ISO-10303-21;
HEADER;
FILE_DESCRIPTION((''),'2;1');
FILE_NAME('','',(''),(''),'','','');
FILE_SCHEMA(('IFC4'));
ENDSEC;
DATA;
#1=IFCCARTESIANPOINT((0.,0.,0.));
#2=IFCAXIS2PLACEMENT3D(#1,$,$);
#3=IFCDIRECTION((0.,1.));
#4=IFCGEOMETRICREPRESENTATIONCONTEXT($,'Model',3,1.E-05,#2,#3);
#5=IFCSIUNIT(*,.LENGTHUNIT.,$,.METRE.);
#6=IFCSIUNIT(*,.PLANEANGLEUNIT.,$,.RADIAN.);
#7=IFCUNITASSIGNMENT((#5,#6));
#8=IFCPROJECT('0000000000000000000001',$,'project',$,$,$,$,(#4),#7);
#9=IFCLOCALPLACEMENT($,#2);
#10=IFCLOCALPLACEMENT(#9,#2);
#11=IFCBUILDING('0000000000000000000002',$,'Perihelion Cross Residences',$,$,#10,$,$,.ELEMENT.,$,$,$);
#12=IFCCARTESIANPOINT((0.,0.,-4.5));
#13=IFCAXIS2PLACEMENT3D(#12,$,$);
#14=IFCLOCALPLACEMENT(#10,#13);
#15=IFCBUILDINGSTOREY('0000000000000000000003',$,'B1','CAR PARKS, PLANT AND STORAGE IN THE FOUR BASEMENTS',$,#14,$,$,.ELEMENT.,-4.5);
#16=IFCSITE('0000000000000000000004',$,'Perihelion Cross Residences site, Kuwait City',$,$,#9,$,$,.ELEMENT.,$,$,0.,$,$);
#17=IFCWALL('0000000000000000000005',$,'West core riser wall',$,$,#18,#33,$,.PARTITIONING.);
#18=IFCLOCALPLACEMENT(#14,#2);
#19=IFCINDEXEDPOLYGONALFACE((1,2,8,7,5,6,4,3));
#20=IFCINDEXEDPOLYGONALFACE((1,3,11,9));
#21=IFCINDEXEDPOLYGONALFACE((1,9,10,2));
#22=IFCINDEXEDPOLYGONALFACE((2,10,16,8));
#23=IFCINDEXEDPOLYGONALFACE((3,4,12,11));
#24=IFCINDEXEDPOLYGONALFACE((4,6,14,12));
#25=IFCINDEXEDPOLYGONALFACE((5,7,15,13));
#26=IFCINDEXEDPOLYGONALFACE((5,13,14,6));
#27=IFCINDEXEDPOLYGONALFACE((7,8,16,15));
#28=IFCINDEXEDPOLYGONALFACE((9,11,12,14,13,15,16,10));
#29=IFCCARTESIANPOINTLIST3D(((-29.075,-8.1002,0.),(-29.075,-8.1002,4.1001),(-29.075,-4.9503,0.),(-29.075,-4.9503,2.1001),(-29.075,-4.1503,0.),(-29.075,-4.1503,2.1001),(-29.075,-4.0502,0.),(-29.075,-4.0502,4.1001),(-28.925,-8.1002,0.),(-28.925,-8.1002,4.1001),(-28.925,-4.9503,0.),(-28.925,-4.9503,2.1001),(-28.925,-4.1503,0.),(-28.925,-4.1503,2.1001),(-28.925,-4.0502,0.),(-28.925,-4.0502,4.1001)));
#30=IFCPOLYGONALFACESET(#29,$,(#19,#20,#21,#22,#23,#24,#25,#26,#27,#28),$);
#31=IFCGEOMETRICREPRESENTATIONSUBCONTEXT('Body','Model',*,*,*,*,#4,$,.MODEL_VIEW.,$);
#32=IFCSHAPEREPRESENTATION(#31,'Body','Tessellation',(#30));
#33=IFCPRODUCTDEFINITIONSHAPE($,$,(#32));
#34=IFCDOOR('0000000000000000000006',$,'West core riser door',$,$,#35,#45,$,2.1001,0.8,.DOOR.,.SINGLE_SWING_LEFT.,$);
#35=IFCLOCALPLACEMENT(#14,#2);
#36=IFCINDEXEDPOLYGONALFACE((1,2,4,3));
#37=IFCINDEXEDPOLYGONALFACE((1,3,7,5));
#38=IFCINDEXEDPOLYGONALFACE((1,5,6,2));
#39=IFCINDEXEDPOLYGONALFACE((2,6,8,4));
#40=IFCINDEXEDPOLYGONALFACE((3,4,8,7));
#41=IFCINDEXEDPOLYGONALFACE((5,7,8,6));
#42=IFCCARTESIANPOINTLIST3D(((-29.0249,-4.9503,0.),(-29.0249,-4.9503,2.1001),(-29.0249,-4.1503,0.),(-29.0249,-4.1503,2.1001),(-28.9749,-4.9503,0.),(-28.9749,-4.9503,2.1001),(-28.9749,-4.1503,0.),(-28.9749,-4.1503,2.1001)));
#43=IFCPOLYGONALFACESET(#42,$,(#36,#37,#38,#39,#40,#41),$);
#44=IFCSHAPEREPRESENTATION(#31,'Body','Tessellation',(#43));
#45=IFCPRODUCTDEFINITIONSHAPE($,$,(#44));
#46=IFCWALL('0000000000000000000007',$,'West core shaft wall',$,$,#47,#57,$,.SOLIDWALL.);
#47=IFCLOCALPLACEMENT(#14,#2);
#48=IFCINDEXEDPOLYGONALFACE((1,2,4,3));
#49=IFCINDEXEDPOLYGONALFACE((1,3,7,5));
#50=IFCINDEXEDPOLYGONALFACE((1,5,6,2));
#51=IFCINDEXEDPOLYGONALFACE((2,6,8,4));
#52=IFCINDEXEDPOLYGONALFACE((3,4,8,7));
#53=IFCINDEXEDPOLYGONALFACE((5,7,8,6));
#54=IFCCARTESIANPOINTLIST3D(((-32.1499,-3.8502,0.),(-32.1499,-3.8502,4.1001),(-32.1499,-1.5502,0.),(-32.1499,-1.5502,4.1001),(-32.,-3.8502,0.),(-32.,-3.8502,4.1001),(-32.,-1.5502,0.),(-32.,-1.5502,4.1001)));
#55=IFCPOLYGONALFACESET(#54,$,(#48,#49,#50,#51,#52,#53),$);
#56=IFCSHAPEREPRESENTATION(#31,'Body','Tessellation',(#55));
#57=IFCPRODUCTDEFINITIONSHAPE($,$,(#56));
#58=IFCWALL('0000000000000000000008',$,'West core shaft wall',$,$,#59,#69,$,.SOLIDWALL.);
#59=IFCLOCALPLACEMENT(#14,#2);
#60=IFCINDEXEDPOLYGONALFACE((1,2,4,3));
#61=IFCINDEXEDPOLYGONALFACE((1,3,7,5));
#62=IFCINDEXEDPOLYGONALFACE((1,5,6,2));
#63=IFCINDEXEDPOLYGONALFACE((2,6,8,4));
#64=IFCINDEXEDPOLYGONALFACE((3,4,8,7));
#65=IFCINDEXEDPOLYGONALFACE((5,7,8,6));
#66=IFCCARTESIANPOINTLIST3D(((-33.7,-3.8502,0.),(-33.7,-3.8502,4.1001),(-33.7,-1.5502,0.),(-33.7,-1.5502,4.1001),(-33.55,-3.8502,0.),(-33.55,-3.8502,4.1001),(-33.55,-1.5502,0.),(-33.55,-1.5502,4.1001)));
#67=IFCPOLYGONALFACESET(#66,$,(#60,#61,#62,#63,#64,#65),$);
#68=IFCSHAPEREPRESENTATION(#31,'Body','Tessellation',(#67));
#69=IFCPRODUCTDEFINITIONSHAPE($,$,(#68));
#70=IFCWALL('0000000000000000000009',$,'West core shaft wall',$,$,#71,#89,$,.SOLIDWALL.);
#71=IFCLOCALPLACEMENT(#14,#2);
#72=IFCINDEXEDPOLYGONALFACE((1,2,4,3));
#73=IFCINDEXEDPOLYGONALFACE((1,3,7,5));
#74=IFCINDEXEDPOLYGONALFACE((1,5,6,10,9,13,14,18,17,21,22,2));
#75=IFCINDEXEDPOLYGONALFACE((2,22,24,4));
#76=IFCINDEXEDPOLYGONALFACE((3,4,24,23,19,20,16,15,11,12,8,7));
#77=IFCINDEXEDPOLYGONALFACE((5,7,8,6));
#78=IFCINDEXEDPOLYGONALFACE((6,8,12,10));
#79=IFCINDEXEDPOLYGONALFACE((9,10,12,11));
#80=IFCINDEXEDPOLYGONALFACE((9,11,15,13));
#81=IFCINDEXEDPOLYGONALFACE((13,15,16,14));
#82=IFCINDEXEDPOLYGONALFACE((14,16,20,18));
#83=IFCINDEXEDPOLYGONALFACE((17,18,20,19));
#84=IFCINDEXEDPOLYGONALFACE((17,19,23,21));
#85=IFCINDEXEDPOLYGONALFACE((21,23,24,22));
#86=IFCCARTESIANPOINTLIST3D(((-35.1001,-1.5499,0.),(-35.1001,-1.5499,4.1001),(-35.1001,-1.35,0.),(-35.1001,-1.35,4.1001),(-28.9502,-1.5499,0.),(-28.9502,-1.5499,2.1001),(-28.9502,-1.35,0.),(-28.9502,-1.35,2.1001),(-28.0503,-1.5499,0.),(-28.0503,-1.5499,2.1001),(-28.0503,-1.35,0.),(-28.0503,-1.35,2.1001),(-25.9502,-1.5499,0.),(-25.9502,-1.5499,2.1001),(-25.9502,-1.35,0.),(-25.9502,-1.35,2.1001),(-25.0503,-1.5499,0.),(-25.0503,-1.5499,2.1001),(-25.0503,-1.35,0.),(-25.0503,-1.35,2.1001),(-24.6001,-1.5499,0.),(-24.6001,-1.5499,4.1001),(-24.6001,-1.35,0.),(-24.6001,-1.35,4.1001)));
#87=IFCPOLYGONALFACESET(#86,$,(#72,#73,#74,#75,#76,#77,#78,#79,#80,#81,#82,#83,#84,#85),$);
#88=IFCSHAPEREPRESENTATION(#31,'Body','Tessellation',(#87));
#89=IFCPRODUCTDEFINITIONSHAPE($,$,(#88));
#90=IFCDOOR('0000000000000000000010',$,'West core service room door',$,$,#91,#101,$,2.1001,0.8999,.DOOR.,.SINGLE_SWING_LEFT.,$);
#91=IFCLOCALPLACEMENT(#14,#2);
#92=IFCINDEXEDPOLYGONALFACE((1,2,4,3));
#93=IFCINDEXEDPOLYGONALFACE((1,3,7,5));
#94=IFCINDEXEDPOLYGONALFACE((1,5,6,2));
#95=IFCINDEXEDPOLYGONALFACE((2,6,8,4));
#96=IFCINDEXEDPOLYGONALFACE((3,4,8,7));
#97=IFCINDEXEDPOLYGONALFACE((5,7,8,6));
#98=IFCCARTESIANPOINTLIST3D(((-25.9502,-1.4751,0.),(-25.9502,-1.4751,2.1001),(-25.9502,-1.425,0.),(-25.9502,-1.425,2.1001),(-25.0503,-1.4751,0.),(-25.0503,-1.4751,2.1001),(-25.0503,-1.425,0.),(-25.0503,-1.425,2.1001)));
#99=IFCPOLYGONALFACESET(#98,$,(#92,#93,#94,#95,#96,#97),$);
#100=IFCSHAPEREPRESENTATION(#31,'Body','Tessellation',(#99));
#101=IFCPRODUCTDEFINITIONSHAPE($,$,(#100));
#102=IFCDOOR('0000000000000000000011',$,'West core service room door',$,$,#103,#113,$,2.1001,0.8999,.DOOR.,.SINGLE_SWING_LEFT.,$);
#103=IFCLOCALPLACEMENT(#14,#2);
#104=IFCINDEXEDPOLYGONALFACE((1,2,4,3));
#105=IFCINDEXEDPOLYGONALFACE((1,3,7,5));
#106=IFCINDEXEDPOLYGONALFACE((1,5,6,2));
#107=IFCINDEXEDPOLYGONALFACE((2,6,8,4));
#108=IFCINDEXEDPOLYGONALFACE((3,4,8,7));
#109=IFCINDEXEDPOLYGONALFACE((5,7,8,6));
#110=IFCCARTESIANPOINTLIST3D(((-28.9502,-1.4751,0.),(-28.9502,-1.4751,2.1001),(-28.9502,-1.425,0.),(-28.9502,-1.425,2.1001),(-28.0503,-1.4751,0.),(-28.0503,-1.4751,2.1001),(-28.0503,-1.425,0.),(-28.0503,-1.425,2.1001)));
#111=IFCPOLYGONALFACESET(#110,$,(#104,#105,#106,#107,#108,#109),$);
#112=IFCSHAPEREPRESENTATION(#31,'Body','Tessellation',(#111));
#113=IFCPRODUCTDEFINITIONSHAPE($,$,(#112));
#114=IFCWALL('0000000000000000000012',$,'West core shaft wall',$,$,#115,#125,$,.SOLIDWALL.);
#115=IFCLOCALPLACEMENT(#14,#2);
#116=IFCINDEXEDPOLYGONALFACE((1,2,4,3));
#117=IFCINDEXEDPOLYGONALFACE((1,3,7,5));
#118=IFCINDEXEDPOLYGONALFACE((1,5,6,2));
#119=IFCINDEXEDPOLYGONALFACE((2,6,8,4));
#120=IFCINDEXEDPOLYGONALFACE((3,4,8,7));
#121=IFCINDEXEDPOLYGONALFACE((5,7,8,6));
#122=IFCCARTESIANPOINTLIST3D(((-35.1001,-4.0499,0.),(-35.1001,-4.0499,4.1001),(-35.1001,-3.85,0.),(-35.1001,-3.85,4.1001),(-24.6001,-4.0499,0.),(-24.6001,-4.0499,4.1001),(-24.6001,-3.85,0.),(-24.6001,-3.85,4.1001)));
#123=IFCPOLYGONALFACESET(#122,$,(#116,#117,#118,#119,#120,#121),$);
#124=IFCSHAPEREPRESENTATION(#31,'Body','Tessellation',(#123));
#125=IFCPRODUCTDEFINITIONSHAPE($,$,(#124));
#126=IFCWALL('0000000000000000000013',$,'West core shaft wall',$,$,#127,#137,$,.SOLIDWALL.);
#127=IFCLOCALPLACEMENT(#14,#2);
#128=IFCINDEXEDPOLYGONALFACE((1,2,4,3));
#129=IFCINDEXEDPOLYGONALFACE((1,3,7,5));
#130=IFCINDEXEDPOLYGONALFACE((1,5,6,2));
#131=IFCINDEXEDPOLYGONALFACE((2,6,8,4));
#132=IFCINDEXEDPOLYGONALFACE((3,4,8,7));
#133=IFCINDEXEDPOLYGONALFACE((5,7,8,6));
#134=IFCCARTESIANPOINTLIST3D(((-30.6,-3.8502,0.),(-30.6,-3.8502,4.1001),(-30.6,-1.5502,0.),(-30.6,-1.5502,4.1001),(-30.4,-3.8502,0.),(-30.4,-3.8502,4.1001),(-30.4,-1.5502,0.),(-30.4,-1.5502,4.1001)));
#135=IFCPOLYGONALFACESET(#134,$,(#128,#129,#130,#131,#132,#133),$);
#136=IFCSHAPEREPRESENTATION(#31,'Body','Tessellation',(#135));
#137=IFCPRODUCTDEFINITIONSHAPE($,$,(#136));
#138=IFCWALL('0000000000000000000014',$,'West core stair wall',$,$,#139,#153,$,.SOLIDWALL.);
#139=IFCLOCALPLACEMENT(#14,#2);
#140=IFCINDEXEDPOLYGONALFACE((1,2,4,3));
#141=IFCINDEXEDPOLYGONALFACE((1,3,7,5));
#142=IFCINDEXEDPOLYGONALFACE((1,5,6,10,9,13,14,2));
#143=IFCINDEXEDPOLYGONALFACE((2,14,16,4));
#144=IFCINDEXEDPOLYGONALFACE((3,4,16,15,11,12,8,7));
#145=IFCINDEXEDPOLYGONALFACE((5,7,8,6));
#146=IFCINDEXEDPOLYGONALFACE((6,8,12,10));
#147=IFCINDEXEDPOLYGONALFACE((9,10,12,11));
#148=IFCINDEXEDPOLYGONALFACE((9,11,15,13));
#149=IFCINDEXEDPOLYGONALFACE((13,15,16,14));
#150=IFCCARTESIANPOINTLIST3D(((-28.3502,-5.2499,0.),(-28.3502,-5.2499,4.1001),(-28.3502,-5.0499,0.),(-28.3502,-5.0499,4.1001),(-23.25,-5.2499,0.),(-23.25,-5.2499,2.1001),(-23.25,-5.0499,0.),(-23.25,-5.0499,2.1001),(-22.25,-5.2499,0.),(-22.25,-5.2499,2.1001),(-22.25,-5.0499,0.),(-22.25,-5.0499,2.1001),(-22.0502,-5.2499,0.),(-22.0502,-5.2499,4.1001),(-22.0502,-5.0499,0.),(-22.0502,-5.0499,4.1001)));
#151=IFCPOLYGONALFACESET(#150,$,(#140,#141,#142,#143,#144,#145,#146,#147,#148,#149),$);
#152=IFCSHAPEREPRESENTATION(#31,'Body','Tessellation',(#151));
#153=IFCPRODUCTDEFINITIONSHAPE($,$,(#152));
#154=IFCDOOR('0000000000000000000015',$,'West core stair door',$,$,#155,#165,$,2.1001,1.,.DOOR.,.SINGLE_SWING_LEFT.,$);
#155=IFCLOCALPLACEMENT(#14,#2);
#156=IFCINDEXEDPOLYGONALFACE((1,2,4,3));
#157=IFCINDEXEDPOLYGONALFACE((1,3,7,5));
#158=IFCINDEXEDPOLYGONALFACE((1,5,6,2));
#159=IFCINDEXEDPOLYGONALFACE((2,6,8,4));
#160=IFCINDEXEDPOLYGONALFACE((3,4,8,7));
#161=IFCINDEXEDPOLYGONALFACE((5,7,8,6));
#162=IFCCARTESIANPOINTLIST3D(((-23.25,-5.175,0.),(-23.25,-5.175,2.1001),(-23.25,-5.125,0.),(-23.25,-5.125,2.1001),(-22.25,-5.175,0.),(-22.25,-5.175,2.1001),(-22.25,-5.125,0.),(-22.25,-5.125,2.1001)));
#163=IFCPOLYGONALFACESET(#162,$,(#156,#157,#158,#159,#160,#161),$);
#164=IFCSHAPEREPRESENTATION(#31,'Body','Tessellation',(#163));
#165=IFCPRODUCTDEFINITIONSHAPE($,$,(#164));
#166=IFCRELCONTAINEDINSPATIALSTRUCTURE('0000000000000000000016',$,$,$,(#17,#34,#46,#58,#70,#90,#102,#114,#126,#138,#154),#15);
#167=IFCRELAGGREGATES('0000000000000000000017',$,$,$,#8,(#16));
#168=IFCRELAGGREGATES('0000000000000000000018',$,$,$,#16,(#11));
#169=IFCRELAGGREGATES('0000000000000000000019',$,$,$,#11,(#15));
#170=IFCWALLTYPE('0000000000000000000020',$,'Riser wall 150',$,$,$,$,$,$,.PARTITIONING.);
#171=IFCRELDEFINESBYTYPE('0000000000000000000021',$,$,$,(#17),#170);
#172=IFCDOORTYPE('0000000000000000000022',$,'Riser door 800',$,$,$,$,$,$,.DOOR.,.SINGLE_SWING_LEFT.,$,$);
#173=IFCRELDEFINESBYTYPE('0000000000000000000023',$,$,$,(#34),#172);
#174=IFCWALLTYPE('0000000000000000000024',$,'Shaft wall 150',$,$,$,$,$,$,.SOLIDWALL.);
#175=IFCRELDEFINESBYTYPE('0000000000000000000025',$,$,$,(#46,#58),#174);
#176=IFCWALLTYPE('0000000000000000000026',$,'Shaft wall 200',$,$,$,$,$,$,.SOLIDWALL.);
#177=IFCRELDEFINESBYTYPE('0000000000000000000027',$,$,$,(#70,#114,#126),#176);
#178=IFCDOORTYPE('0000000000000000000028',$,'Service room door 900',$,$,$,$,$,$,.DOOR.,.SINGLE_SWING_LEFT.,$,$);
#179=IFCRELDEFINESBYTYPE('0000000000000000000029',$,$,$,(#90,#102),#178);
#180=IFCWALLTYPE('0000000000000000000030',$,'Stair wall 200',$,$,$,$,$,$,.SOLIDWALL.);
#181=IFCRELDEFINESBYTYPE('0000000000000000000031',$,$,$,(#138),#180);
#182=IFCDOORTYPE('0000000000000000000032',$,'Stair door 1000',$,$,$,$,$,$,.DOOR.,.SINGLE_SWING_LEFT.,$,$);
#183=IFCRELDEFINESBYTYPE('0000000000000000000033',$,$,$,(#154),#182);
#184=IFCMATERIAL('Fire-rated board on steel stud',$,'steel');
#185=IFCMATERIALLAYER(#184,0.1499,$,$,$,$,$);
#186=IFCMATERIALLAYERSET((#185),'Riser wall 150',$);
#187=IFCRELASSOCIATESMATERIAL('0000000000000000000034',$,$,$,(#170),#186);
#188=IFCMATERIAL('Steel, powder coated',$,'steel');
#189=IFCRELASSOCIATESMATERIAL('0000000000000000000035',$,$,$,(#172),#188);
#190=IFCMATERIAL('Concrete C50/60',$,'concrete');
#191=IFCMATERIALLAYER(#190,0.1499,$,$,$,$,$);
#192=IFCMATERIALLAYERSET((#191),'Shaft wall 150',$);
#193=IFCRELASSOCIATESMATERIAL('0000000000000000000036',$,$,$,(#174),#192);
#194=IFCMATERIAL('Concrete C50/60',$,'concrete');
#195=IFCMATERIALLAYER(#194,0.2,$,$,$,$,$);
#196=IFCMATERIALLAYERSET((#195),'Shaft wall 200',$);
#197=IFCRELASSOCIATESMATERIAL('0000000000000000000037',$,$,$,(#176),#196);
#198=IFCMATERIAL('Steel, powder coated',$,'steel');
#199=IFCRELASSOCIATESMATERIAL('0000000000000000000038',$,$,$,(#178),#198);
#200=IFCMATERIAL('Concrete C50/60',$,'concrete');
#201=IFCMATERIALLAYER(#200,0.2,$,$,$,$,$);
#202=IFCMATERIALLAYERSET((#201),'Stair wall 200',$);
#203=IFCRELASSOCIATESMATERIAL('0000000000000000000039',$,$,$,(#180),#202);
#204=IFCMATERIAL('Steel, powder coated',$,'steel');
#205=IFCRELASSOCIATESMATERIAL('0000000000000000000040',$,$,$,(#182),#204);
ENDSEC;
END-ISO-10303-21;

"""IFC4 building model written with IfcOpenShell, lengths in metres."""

from ifc_helpers import new_model, si_unit, direction, frame, frame_2d, origin, place, context, subcontext, project, spatial, rectangle, extrude, material, layer, layer_set, type_object, element, fill, save


model = new_model("IFC4")

# Units and contexts
model_context = context("Model", 3, precision=1e-05, world=origin(), true_north=direction((0.0, 1.0)))
body_context = subcontext(model_context, "Body", "Model", "MODEL_VIEW")
ifc_project = project(units=[si_unit("LENGTHUNIT", "METRE"), si_unit("PLANEANGLEUNIT", "RADIAN")], contexts=[model_context])

# Site, building, storey
site_placement = place(None, origin())
site = spatial("IfcSite", under=ifc_project, at=site_placement, Name="Perihelion Cross Residences site, Kuwait City", CompositionType="ELEMENT", RefElevation=0.0)
building_placement = place(site_placement, origin())
building = spatial("IfcBuilding", under=site, at=building_placement, Name="Perihelion Cross Residences", CompositionType="ELEMENT")
storey_placement = place(building_placement, frame((0.0, 0.0, -4.5)))
storey = spatial("IfcBuildingStorey", under=building, at=storey_placement, Name="B1", Description="CAR PARKS, PLANT AND STORAGE IN THE FOUR BASEMENTS", CompositionType="ELEMENT", Elevation=-4.5)

# Wall, opening, door
ifc_material_1 = material(Name="Fire-rated board on steel stud", Category="steel")
ifc_layer_1 = layer(ifc_material_1, 0.1499)
ifc_layer_set_1 = layer_set([ifc_layer_1], Name="Riser wall 150")
wall_type_1 = type_object("IfcWallType", Name="Riser wall 150", PredefinedType="PARTITIONING", material=ifc_layer_set_1)
wall_1_placement = place(storey_placement, frame((-29.0, -8.1001, 0.0), z_axis=(0.0, 0.0, 1.0), x_axis=(0.0, 1.0, 0.0)))
wall_1 = element("IfcWall", 1, at=wall_1_placement, inside=storey, type_object=wall_type_1, Name="West core riser wall", PredefinedType="PARTITIONING", context=body_context, shape_type="SweptSolid", body=[
    extrude(rectangle(XDim=4.05, YDim=0.1499, at=frame_2d((2.0249, 0.0))), origin(), (0.0, 0.0, 1.0), 4.1001),
])
opening_1_placement = place(wall_1_placement, frame((3.1499, 0.0, 0.0)))
opening_1 = element("IfcOpeningElement", 2, at=opening_1_placement, cuts=wall_1, PredefinedType="OPENING", context=body_context, shape_type="SweptSolid", body=[
    extrude(rectangle(XDim=0.8, YDim=2.1001, at=frame_2d((0.3999, 1.05))), frame((0.0, 0.085, 0.0), z_axis=(0.0, -1.0, 0.0), x_axis=(1.0, 0.0, 0.0)), (0.0, 0.0, 1.0), 0.1699),
])
ifc_material_2 = material(Name="Steel, powder coated", Category="steel")
door_type_1 = type_object("IfcDoorType", Name="Riser door 800", OperationType="SINGLE_SWING_LEFT", PredefinedType="DOOR", material=ifc_material_2)
door_1_placement = place(opening_1_placement, origin())
door_1 = element("IfcDoor", 3, at=door_1_placement, inside=storey, type_object=door_type_1, Name="West core riser door", OperationType="SINGLE_SWING_LEFT", OverallHeight=2.1001, OverallWidth=0.8, PredefinedType="DOOR", context=body_context, shape_type="SweptSolid", body=[
    extrude(rectangle(XDim=0.8, YDim=2.1001, at=frame_2d((0.3999, 1.05))), frame((0.0, 0.0249, 0.0), z_axis=(0.0, -1.0, 0.0), x_axis=(1.0, 0.0, 0.0)), (0.0, 0.0, 1.0), 0.05),
])
fill(opening_1, door_1)

# Walls
ifc_material_3 = material(Name="Concrete C50/60", Category="concrete")
ifc_layer_2 = layer(ifc_material_3, 0.1499)
ifc_layer_set_2 = layer_set([ifc_layer_2], Name="Shaft wall 150")
wall_type_2 = type_object("IfcWallType", Name="Shaft wall 150", PredefinedType="SOLIDWALL", material=ifc_layer_set_2)
for number, where, z_axis, x_axis, name in (
    (4, (-32.075, -3.8501, 0.0), (0.0, 0.0, 1.0), (0.0, 1.0, 0.0), "West core shaft wall"),
    (5, (-33.625, -3.8501, 0.0), (0.0, 0.0, 1.0), (0.0, 1.0, 0.0), "West core shaft wall"),
):
    element("IfcWall", number, at=place(storey_placement, frame(where, z_axis=z_axis, x_axis=x_axis)), inside=storey, type_object=wall_type_2, Name=name, PredefinedType="SOLIDWALL", context=body_context, shape_type="SweptSolid", body=[
        extrude(rectangle(XDim=2.3, YDim=0.1499, at=frame_2d((1.1499, 0.0))), origin(), (0.0, 0.0, 1.0), 4.1001),
    ])

# Wall, openings, doors
ifc_material_4 = material(Name="Concrete C50/60", Category="concrete")
ifc_layer_3 = layer(ifc_material_4, 0.2)
ifc_layer_set_3 = layer_set([ifc_layer_3], Name="Shaft wall 200")
wall_type_3 = type_object("IfcWallType", Name="Shaft wall 200", PredefinedType="SOLIDWALL", material=ifc_layer_set_3)
wall_2_placement = place(storey_placement, frame((-35.1001, -1.45, 0.0), z_axis=(0.0, 0.0, 1.0), x_axis=(1.0, 0.0, 0.0)))
wall_2 = element("IfcWall", 6, at=wall_2_placement, inside=storey, type_object=wall_type_3, Name="West core shaft wall", PredefinedType="SOLIDWALL", context=body_context, shape_type="SweptSolid", body=[
    extrude(rectangle(XDim=10.5, YDim=0.2, at=frame_2d((5.25, 0.0))), origin(), (0.0, 0.0, 1.0), 4.1001),
])
opening_2_placement = place(wall_2_placement, frame((9.1499, 0.0, 0.0)))
opening_2 = element("IfcOpeningElement", 7, at=opening_2_placement, cuts=wall_2, PredefinedType="OPENING", context=body_context, shape_type="SweptSolid", body=[
    extrude(rectangle(XDim=0.8999, YDim=2.1001, at=frame_2d((0.45, 1.05))), frame((0.0, 0.1099, 0.0), z_axis=(0.0, -1.0, 0.0), x_axis=(1.0, 0.0, 0.0)), (0.0, 0.0, 1.0), 0.22),
])
opening_3_placement = place(wall_2_placement, frame((6.1499, 0.0, 0.0)))
opening_3 = element("IfcOpeningElement", 8, at=opening_3_placement, cuts=wall_2, PredefinedType="OPENING", context=body_context, shape_type="SweptSolid", body=[
    extrude(rectangle(XDim=0.8999, YDim=2.1001, at=frame_2d((0.45, 1.05))), frame((0.0, 0.1099, 0.0), z_axis=(0.0, -1.0, 0.0), x_axis=(1.0, 0.0, 0.0)), (0.0, 0.0, 1.0), 0.22),
])
ifc_material_5 = material(Name="Steel, powder coated", Category="steel")
door_type_2 = type_object("IfcDoorType", Name="Service room door 900", OperationType="SINGLE_SWING_LEFT", PredefinedType="DOOR", material=ifc_material_5)
door_2_placement = place(opening_2_placement, origin())
door_2 = element("IfcDoor", 9, at=door_2_placement, inside=storey, type_object=door_type_2, Name="West core service room door", OperationType="SINGLE_SWING_LEFT", OverallHeight=2.1001, OverallWidth=0.8999, PredefinedType="DOOR", context=body_context, shape_type="SweptSolid", body=[
    extrude(rectangle(XDim=0.8999, YDim=2.1001, at=frame_2d((0.45, 1.05))), frame((0.0, 0.0249, 0.0), z_axis=(0.0, -1.0, 0.0), x_axis=(1.0, 0.0, 0.0)), (0.0, 0.0, 1.0), 0.05),
])
fill(opening_2, door_2)
door_3_placement = place(opening_3_placement, origin())
door_3 = element("IfcDoor", 10, at=door_3_placement, inside=storey, type_object=door_type_2, Name="West core service room door", OperationType="SINGLE_SWING_LEFT", OverallHeight=2.1001, OverallWidth=0.8999, PredefinedType="DOOR", context=body_context, shape_type="SweptSolid", body=[
    extrude(rectangle(XDim=0.8999, YDim=2.1001, at=frame_2d((0.45, 1.05))), frame((0.0, 0.0249, 0.0), z_axis=(0.0, -1.0, 0.0), x_axis=(1.0, 0.0, 0.0)), (0.0, 0.0, 1.0), 0.05),
])
fill(opening_3, door_3)

# Walls
wall_3_placement = place(storey_placement, frame((-35.1001, -3.95, 0.0), z_axis=(0.0, 0.0, 1.0), x_axis=(1.0, 0.0, 0.0)))
element("IfcWall", 11, at=wall_3_placement, inside=storey, type_object=wall_type_3, Name="West core shaft wall", PredefinedType="SOLIDWALL", context=body_context, shape_type="SweptSolid", body=[
    extrude(rectangle(XDim=10.5, YDim=0.2, at=frame_2d((5.25, 0.0))), origin(), (0.0, 0.0, 1.0), 4.1001),
])
wall_4_placement = place(storey_placement, frame((-30.5, -3.8501, 0.0), z_axis=(0.0, 0.0, 1.0), x_axis=(0.0, 1.0, 0.0)))
element("IfcWall", 12, at=wall_4_placement, inside=storey, type_object=wall_type_3, Name="West core shaft wall", PredefinedType="SOLIDWALL", context=body_context, shape_type="SweptSolid", body=[
    extrude(rectangle(XDim=2.3, YDim=0.2, at=frame_2d((1.1499, 0.0))), origin(), (0.0, 0.0, 1.0), 4.1001),
])

# Wall, opening, door
ifc_material_6 = material(Name="Concrete C50/60", Category="concrete")
ifc_layer_4 = layer(ifc_material_6, 0.2)
ifc_layer_set_4 = layer_set([ifc_layer_4], Name="Stair wall 200")
wall_type_4 = type_object("IfcWallType", Name="Stair wall 200", PredefinedType="SOLIDWALL", material=ifc_layer_set_4)
wall_5_placement = place(storey_placement, frame((-28.3501, -5.1499, 0.0), z_axis=(0.0, 0.0, 1.0), x_axis=(1.0, 0.0, 0.0)))
wall_5 = element("IfcWall", 13, at=wall_5_placement, inside=storey, type_object=wall_type_4, Name="West core stair wall", PredefinedType="SOLIDWALL", context=body_context, shape_type="SweptSolid", body=[
    extrude(rectangle(XDim=6.3, YDim=0.2, at=frame_2d((3.1499, 0.0))), origin(), (0.0, 0.0, 1.0), 4.1001),
])
opening_4_placement = place(wall_5_placement, frame((5.1001, 0.0, 0.0)))
opening_4 = element("IfcOpeningElement", 14, at=opening_4_placement, cuts=wall_5, PredefinedType="OPENING", context=body_context, shape_type="SweptSolid", body=[
    extrude(rectangle(XDim=1.0, YDim=2.1001, at=frame_2d((0.5, 1.05))), frame((0.0, 0.1099, 0.0), z_axis=(0.0, -1.0, 0.0), x_axis=(1.0, 0.0, 0.0)), (0.0, 0.0, 1.0), 0.22),
])
ifc_material_7 = material(Name="Steel, powder coated", Category="steel")
door_type_3 = type_object("IfcDoorType", Name="Stair door 1000", OperationType="SINGLE_SWING_LEFT", PredefinedType="DOOR", material=ifc_material_7)
door_4_placement = place(opening_4_placement, origin())
door_4 = element("IfcDoor", 15, at=door_4_placement, inside=storey, type_object=door_type_3, Name="West core stair door", OperationType="SINGLE_SWING_LEFT", OverallHeight=2.1001, OverallWidth=1.0, PredefinedType="DOOR", context=body_context, shape_type="SweptSolid", body=[
    extrude(rectangle(XDim=1.0, YDim=2.1001, at=frame_2d((0.5, 1.05))), frame((0.0, 0.0249, 0.0), z_axis=(0.0, -1.0, 0.0), x_axis=(1.0, 0.0, 0.0)), (0.0, 0.0, 1.0), 0.05),
])
fill(opening_4, door_4)

save(model, "model.ifc")
